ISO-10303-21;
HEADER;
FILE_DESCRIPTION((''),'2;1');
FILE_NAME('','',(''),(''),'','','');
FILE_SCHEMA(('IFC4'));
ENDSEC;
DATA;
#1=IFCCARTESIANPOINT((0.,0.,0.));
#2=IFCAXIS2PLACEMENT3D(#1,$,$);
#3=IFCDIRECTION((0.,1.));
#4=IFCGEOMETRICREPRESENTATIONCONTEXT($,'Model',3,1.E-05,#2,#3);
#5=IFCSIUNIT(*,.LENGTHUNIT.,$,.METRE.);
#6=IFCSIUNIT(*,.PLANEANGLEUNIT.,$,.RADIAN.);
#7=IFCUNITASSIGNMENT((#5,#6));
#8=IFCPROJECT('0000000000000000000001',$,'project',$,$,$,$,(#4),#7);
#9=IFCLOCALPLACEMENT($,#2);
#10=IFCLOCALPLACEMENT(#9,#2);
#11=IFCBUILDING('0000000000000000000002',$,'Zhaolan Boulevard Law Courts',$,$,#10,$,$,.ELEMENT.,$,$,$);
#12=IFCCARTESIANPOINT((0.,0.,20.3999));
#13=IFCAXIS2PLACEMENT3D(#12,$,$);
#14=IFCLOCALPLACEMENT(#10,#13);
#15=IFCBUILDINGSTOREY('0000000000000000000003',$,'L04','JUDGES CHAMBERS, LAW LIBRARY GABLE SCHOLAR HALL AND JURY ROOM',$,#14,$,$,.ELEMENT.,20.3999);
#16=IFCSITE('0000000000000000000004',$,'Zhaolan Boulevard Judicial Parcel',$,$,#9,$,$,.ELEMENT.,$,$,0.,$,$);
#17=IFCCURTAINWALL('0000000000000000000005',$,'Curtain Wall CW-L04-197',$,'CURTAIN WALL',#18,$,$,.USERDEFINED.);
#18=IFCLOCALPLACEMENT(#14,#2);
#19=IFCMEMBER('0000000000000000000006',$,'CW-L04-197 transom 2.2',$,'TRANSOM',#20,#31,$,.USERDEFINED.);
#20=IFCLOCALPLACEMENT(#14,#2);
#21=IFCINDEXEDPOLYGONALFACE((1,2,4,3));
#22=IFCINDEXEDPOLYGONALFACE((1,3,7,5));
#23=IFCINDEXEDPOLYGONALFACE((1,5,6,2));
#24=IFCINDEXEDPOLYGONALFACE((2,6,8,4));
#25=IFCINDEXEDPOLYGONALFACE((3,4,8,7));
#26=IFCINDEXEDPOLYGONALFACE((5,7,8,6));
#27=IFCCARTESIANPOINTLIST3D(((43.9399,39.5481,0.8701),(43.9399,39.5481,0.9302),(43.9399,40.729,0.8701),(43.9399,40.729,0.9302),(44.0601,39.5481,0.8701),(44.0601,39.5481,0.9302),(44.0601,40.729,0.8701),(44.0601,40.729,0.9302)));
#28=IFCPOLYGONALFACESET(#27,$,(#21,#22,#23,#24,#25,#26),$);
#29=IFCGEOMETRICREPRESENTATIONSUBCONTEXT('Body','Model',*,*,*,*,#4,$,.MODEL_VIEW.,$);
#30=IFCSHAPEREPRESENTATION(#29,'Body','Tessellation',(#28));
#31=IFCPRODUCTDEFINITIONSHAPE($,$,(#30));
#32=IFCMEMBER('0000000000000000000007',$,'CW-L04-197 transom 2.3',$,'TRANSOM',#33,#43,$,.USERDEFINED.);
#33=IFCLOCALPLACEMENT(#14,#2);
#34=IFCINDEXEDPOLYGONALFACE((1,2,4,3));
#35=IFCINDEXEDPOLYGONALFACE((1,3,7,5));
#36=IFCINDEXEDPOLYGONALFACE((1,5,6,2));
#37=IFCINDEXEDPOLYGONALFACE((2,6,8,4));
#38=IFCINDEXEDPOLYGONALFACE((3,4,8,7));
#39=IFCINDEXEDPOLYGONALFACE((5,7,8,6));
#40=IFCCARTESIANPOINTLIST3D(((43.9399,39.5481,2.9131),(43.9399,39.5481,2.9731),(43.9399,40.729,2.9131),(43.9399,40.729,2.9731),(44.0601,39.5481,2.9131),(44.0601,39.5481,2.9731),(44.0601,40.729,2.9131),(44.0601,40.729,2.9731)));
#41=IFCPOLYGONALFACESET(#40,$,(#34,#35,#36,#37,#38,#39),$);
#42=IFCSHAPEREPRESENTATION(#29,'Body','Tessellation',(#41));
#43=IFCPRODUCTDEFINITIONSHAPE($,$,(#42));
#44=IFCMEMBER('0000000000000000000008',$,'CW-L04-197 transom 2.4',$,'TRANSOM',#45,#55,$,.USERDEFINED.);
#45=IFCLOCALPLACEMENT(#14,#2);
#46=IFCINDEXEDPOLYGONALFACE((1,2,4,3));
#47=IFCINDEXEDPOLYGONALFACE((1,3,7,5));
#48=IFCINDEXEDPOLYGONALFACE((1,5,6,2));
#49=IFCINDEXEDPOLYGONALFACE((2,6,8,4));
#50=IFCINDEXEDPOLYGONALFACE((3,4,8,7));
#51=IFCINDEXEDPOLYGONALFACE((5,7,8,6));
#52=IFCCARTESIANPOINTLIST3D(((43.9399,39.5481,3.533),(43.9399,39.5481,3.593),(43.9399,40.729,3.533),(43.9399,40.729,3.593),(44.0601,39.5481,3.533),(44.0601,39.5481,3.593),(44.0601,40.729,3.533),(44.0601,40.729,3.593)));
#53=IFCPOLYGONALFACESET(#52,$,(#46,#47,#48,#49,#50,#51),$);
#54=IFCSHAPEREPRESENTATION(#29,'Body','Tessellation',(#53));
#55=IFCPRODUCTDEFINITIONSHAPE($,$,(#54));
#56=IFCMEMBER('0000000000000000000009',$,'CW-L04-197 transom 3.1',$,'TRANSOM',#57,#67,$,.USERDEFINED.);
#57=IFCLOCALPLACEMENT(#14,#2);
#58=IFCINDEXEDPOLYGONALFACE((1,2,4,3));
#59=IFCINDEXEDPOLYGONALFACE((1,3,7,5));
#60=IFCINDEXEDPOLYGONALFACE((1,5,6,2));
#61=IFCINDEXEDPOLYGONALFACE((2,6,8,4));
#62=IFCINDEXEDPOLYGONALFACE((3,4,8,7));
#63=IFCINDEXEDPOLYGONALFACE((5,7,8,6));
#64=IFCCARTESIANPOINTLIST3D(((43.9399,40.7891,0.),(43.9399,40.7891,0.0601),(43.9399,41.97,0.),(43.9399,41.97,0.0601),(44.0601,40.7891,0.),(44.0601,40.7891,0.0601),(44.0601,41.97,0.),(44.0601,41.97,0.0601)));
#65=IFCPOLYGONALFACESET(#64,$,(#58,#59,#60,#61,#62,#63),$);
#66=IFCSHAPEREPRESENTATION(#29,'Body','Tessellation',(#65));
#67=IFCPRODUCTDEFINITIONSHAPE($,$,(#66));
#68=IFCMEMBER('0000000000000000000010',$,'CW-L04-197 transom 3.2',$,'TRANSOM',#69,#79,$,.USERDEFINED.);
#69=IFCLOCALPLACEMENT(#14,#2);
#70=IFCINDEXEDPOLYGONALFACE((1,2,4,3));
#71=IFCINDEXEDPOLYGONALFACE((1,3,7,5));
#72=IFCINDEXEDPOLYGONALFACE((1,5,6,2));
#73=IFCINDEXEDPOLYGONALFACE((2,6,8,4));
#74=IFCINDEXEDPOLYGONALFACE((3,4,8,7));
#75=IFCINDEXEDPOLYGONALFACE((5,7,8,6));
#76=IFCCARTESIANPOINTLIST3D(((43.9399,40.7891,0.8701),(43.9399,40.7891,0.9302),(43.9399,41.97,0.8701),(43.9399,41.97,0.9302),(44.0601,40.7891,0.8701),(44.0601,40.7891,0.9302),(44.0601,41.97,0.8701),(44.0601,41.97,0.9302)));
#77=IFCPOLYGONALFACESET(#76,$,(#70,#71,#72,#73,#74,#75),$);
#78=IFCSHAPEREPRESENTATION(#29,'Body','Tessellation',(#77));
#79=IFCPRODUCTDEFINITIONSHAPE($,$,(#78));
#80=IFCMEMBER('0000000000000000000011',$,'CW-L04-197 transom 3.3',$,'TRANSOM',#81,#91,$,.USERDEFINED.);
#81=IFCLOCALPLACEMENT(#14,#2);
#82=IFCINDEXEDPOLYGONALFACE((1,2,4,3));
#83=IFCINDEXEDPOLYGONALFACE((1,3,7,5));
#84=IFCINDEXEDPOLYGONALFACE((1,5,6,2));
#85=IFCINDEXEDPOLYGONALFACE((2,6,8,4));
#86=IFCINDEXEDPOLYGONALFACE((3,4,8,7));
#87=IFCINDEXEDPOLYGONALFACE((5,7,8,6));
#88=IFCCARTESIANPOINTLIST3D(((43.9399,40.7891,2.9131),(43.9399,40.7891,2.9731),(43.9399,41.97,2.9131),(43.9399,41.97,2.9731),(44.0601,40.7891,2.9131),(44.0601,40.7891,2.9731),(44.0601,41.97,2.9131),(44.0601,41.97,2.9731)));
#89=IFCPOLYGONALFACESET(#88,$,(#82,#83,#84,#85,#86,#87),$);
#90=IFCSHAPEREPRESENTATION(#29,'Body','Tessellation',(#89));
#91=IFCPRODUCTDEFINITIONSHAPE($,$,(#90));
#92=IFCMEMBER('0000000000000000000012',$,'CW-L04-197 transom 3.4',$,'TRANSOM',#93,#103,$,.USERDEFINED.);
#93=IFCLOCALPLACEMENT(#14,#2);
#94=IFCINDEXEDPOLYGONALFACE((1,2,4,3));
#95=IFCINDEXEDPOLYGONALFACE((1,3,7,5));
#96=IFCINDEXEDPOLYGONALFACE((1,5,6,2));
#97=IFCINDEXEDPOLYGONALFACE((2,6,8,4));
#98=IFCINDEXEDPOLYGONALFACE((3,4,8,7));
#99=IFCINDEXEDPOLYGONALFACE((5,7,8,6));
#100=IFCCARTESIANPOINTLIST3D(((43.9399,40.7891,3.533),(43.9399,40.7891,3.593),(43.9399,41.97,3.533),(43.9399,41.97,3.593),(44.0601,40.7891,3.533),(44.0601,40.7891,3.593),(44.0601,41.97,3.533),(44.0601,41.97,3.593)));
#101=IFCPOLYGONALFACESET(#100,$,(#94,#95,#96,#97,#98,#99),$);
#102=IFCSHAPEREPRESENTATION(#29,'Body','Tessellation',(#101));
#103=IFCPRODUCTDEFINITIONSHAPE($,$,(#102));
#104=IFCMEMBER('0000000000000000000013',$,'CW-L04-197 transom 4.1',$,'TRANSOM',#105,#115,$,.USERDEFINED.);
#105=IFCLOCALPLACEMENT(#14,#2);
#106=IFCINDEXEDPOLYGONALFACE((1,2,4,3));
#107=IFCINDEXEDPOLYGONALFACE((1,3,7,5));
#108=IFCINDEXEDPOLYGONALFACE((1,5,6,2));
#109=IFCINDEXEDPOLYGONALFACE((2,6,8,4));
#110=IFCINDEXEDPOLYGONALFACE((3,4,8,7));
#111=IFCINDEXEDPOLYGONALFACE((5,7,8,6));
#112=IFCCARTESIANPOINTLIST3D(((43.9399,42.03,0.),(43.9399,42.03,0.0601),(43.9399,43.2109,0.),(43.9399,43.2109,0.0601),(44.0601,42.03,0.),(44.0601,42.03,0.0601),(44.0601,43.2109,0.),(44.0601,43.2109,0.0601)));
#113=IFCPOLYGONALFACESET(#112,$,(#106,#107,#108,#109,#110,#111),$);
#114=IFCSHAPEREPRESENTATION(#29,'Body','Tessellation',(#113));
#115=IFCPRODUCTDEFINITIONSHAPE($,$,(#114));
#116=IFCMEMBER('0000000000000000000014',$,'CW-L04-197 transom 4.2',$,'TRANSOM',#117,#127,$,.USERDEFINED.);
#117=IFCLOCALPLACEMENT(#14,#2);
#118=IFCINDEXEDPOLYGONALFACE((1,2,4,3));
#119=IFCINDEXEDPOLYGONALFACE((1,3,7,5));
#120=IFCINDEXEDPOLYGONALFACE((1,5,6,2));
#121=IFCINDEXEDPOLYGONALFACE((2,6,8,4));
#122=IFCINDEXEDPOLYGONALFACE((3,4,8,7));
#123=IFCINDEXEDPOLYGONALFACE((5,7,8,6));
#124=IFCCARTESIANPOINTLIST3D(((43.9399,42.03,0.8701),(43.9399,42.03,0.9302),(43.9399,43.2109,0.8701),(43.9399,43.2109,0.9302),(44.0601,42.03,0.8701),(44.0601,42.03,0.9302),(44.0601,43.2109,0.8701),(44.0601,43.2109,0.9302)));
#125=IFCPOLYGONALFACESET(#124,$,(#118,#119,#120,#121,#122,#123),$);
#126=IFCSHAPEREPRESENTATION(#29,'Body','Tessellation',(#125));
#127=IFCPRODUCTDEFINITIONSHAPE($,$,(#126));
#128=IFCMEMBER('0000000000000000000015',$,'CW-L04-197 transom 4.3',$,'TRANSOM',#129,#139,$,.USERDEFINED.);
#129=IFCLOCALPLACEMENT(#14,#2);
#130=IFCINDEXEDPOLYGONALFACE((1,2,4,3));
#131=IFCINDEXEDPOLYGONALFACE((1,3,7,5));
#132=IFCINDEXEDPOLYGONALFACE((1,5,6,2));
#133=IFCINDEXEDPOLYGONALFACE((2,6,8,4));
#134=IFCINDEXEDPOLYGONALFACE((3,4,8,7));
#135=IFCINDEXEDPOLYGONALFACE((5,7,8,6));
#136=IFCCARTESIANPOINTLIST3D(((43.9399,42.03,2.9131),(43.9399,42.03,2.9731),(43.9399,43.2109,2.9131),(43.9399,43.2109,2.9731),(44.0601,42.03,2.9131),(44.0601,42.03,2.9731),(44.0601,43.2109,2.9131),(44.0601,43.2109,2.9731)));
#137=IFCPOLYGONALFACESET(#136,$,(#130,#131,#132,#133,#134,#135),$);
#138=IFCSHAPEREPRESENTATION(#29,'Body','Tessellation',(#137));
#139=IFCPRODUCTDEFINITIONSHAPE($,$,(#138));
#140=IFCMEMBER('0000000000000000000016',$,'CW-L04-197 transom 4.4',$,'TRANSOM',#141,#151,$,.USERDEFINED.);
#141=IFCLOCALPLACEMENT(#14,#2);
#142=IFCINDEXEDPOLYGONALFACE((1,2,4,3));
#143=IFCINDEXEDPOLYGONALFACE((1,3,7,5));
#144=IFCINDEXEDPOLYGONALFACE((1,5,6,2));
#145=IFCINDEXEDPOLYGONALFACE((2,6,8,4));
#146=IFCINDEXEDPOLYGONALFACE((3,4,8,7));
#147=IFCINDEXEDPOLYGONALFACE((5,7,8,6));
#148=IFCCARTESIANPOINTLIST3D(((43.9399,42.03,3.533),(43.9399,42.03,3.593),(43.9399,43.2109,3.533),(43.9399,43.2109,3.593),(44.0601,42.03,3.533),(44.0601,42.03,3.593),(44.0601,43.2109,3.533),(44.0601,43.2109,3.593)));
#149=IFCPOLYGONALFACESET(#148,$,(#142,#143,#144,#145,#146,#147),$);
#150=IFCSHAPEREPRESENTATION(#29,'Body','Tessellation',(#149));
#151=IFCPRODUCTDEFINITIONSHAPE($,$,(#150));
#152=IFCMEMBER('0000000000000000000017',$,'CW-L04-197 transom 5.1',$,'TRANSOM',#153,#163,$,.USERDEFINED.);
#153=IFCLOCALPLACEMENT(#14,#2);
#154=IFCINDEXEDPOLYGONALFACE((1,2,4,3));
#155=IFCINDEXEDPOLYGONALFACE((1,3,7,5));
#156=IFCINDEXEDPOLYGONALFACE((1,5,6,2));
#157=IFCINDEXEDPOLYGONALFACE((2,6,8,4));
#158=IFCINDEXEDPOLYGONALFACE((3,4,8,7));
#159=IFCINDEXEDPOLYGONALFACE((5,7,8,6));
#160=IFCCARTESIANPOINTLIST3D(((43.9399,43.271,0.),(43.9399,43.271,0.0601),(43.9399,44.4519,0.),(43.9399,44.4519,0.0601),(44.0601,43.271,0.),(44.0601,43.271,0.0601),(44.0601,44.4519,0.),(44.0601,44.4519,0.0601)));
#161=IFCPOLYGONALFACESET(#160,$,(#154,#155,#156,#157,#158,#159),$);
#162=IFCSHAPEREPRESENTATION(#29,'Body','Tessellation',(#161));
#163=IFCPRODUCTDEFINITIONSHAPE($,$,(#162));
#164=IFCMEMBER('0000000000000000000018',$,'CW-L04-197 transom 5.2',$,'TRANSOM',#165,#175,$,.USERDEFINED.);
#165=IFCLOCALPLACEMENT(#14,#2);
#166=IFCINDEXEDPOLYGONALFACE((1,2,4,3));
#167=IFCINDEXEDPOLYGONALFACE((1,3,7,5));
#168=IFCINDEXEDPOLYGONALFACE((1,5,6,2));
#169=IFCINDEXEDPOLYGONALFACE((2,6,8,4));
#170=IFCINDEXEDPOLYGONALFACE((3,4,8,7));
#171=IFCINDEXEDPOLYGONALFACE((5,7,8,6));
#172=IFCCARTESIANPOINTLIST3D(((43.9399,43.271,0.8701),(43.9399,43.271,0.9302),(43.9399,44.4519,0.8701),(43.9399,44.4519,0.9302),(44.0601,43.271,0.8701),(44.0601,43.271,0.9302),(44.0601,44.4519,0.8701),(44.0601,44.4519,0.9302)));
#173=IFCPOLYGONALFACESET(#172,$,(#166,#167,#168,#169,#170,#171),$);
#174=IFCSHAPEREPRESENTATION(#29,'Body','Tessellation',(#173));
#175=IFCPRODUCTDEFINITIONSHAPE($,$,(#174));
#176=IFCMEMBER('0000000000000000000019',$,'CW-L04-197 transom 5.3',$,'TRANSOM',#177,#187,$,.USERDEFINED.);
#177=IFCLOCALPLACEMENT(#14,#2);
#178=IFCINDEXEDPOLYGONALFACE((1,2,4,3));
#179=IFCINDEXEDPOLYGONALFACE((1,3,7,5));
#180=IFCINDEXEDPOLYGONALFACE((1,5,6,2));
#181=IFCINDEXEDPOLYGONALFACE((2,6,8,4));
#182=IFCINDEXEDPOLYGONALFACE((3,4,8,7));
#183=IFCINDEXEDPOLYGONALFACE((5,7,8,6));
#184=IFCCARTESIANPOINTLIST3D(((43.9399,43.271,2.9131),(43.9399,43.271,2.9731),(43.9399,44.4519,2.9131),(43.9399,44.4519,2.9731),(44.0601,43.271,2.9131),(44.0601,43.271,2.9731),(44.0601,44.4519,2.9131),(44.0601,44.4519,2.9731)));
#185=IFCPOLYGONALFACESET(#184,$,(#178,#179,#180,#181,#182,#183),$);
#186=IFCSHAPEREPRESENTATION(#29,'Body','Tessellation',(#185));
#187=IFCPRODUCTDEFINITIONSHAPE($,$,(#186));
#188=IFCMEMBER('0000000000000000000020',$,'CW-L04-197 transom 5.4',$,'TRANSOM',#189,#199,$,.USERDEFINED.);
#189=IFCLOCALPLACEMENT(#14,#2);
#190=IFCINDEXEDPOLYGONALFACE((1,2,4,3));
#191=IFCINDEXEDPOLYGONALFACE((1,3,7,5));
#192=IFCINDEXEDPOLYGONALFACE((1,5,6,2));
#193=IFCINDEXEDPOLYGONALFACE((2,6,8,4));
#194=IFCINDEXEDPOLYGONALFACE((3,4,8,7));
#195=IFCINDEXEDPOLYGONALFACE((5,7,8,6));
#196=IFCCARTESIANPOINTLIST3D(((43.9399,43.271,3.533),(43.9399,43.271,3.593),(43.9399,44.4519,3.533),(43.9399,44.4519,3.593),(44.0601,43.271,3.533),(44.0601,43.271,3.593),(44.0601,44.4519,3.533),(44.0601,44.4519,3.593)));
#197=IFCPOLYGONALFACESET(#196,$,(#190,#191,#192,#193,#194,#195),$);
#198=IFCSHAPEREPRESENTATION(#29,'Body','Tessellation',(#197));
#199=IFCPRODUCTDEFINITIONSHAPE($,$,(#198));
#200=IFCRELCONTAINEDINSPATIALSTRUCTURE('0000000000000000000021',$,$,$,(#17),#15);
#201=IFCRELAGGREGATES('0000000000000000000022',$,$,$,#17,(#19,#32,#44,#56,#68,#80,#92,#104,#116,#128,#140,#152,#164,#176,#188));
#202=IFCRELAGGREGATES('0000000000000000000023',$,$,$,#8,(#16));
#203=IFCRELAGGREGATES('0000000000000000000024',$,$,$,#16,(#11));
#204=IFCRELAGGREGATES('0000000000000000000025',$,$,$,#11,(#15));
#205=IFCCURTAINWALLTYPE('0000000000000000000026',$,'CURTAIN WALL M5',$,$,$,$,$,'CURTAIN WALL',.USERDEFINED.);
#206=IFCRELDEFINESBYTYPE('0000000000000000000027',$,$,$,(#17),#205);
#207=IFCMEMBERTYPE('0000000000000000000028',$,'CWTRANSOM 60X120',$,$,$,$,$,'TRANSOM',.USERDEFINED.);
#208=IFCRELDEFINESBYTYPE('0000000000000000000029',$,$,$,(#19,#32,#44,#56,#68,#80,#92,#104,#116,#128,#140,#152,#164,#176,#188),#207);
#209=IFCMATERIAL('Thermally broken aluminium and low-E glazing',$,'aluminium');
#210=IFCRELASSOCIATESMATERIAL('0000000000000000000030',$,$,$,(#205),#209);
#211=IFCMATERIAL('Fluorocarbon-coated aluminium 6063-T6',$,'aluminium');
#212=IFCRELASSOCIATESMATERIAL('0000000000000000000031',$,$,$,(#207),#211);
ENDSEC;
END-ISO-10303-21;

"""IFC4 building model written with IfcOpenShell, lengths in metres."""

from ifc_helpers import new_model, si_unit, direction, frame, origin, origin_2d, place, context, subcontext, project, spatial, rectangle, extrude, material, material_profile, profile_set, type_object, element, aggregate, save


model = new_model("IFC4")

# Units and contexts
model_context = context("Model", 3, precision=1e-05, world=origin(), true_north=direction((0.0, 1.0)))
body_context = subcontext(model_context, "Body", "Model", "MODEL_VIEW")
ifc_project = project(units=[si_unit("LENGTHUNIT", "METRE"), si_unit("PLANEANGLEUNIT", "RADIAN")], contexts=[model_context])

# Site, building, storey
site_placement = place(None, origin())
site = spatial("IfcSite", under=ifc_project, at=site_placement, Name="Zhaolan Boulevard Judicial Parcel", CompositionType="ELEMENT", RefElevation=0.0)
building_placement = place(site_placement, origin())
building = spatial("IfcBuilding", under=site, at=building_placement, Name="Zhaolan Boulevard Law Courts", CompositionType="ELEMENT")
storey_placement = place(building_placement, frame((0.0, 0.0, 20.3999)))
storey = spatial("IfcBuildingStorey", under=building, at=storey_placement, Name="L04", Description="JUDGES CHAMBERS, LAW LIBRARY GABLE SCHOLAR HALL AND JURY ROOM", CompositionType="ELEMENT", Elevation=20.3999)

# Curtain wall, members
ifc_material_1 = material(Name="Thermally broken aluminium and low-E glazing", Category="aluminium")
curtain_wall_type = type_object("IfcCurtainWallType", Name="CURTAIN WALL M5", ElementType="CURTAIN WALL", PredefinedType="USERDEFINED", material=ifc_material_1)
curtain_wall_placement = place(storey_placement, origin())
curtain_wall = element("IfcCurtainWall", 1, at=curtain_wall_placement, inside=storey, type_object=curtain_wall_type, Name="Curtain Wall CW-L04-197", ObjectType="CURTAIN WALL", PredefinedType="USERDEFINED")
ifc_material_2 = material(Name="Fluorocarbon-coated aluminium 6063-T6", Category="aluminium")
ifc_material_profile = material_profile(ifc_material_2, rectangle(XDim=0.1201, YDim=0.0601, at=origin_2d()), Name="AL60x120")
ifc_profile_set = profile_set([ifc_material_profile], Name="Fluorocarbon-coated aluminium 6063-T6")
member_type = type_object("IfcMemberType", Name="CWTRANSOM 60X120", ElementType="TRANSOM", PredefinedType="USERDEFINED", material=ifc_profile_set)
member_1_placement = place(storey_placement, frame((44.0, 39.5481, 0.9001), z_axis=(0.0, 1.0, 0.0), x_axis=(-1.0, 0.0, 0.0)))
member_1 = element("IfcMember", 2, at=member_1_placement, type_object=member_type, Name="CW-L04-197 transom 2.2", ObjectType="TRANSOM", PredefinedType="USERDEFINED", context=body_context, shape_type="SweptSolid", body=[
    extrude(rectangle(XDim=0.1201, YDim=0.0601, at=origin_2d()), origin(), (0.0, 0.0, 1.0), 1.1809),
])
member_2_placement = place(storey_placement, frame((44.0, 39.5481, 2.9431), z_axis=(0.0, 1.0, 0.0), x_axis=(-1.0, 0.0, 0.0)))
member_2 = element("IfcMember", 3, at=member_2_placement, type_object=member_type, Name="CW-L04-197 transom 2.3", ObjectType="TRANSOM", PredefinedType="USERDEFINED", context=body_context, shape_type="SweptSolid", body=[
    extrude(rectangle(XDim=0.1201, YDim=0.0601, at=origin_2d()), origin(), (0.0, 0.0, 1.0), 1.1809),
])
member_3_placement = place(storey_placement, frame((44.0, 39.5481, 3.563), z_axis=(0.0, 1.0, 0.0), x_axis=(-1.0, 0.0, 0.0)))
member_3 = element("IfcMember", 4, at=member_3_placement, type_object=member_type, Name="CW-L04-197 transom 2.4", ObjectType="TRANSOM", PredefinedType="USERDEFINED", context=body_context, shape_type="SweptSolid", body=[
    extrude(rectangle(XDim=0.1201, YDim=0.0601, at=origin_2d()), origin(), (0.0, 0.0, 1.0), 1.1809),
])
member_4_placement = place(storey_placement, frame((44.0, 40.7891, 0.03), z_axis=(0.0, 1.0, 0.0), x_axis=(-1.0, 0.0, 0.0)))
member_4 = element("IfcMember", 5, at=member_4_placement, type_object=member_type, Name="CW-L04-197 transom 3.1", ObjectType="TRANSOM", PredefinedType="USERDEFINED", context=body_context, shape_type="SweptSolid", body=[
    extrude(rectangle(XDim=0.1201, YDim=0.0601, at=origin_2d()), origin(), (0.0, 0.0, 1.0), 1.1809),
])
member_5_placement = place(storey_placement, frame((44.0, 40.7891, 0.9001), z_axis=(0.0, 1.0, 0.0), x_axis=(-1.0, 0.0, 0.0)))
member_5 = element("IfcMember", 6, at=member_5_placement, type_object=member_type, Name="CW-L04-197 transom 3.2", ObjectType="TRANSOM", PredefinedType="USERDEFINED", context=body_context, shape_type="SweptSolid", body=[
    extrude(rectangle(XDim=0.1201, YDim=0.0601, at=origin_2d()), origin(), (0.0, 0.0, 1.0), 1.1809),
])
member_6_placement = place(storey_placement, frame((44.0, 40.7891, 2.9431), z_axis=(0.0, 1.0, 0.0), x_axis=(-1.0, 0.0, 0.0)))
member_6 = element("IfcMember", 7, at=member_6_placement, type_object=member_type, Name="CW-L04-197 transom 3.3", ObjectType="TRANSOM", PredefinedType="USERDEFINED", context=body_context, shape_type="SweptSolid", body=[
    extrude(rectangle(XDim=0.1201, YDim=0.0601, at=origin_2d()), origin(), (0.0, 0.0, 1.0), 1.1809),
])
member_7_placement = place(storey_placement, frame((44.0, 40.7891, 3.563), z_axis=(0.0, 1.0, 0.0), x_axis=(-1.0, 0.0, 0.0)))
member_7 = element("IfcMember", 8, at=member_7_placement, type_object=member_type, Name="CW-L04-197 transom 3.4", ObjectType="TRANSOM", PredefinedType="USERDEFINED", context=body_context, shape_type="SweptSolid", body=[
    extrude(rectangle(XDim=0.1201, YDim=0.0601, at=origin_2d()), origin(), (0.0, 0.0, 1.0), 1.1809),
])
member_8_placement = place(storey_placement, frame((44.0, 42.03, 0.03), z_axis=(0.0, 1.0, 0.0), x_axis=(-1.0, 0.0, 0.0)))
member_8 = element("IfcMember", 9, at=member_8_placement, type_object=member_type, Name="CW-L04-197 transom 4.1", ObjectType="TRANSOM", PredefinedType="USERDEFINED", context=body_context, shape_type="SweptSolid", body=[
    extrude(rectangle(XDim=0.1201, YDim=0.0601, at=origin_2d()), origin(), (0.0, 0.0, 1.0), 1.1809),
])
member_9_placement = place(storey_placement, frame((44.0, 42.03, 0.9001), z_axis=(0.0, 1.0, 0.0), x_axis=(-1.0, 0.0, 0.0)))
member_9 = element("IfcMember", 10, at=member_9_placement, type_object=member_type, Name="CW-L04-197 transom 4.2", ObjectType="TRANSOM", PredefinedType="USERDEFINED", context=body_context, shape_type="SweptSolid", body=[
    extrude(rectangle(XDim=0.1201, YDim=0.0601, at=origin_2d()), origin(), (0.0, 0.0, 1.0), 1.1809),
])
member_10_placement = place(storey_placement, frame((44.0, 42.03, 2.9431), z_axis=(0.0, 1.0, 0.0), x_axis=(-1.0, 0.0, 0.0)))
member_10 = element("IfcMember", 11, at=member_10_placement, type_object=member_type, Name="CW-L04-197 transom 4.3", ObjectType="TRANSOM", PredefinedType="USERDEFINED", context=body_context, shape_type="SweptSolid", body=[
    extrude(rectangle(XDim=0.1201, YDim=0.0601, at=origin_2d()), origin(), (0.0, 0.0, 1.0), 1.1809),
])
member_11_placement = place(storey_placement, frame((44.0, 42.03, 3.563), z_axis=(0.0, 1.0, 0.0), x_axis=(-1.0, 0.0, 0.0)))
member_11 = element("IfcMember", 12, at=member_11_placement, type_object=member_type, Name="CW-L04-197 transom 4.4", ObjectType="TRANSOM", PredefinedType="USERDEFINED", context=body_context, shape_type="SweptSolid", body=[
    extrude(rectangle(XDim=0.1201, YDim=0.0601, at=origin_2d()), origin(), (0.0, 0.0, 1.0), 1.1809),
])
member_12_placement = place(storey_placement, frame((44.0, 43.271, 0.03), z_axis=(0.0, 1.0, 0.0), x_axis=(-1.0, 0.0, 0.0)))
member_12 = element("IfcMember", 13, at=member_12_placement, type_object=member_type, Name="CW-L04-197 transom 5.1", ObjectType="TRANSOM", PredefinedType="USERDEFINED", context=body_context, shape_type="SweptSolid", body=[
    extrude(rectangle(XDim=0.1201, YDim=0.0601, at=origin_2d()), origin(), (0.0, 0.0, 1.0), 1.1809),
])
member_13_placement = place(storey_placement, frame((44.0, 43.271, 0.9001), z_axis=(0.0, 1.0, 0.0), x_axis=(-1.0, 0.0, 0.0)))
member_13 = element("IfcMember", 14, at=member_13_placement, type_object=member_type, Name="CW-L04-197 transom 5.2", ObjectType="TRANSOM", PredefinedType="USERDEFINED", context=body_context, shape_type="SweptSolid", body=[
    extrude(rectangle(XDim=0.1201, YDim=0.0601, at=origin_2d()), origin(), (0.0, 0.0, 1.0), 1.1809),
])
member_14_placement = place(storey_placement, frame((44.0, 43.271, 2.9431), z_axis=(0.0, 1.0, 0.0), x_axis=(-1.0, 0.0, 0.0)))
member_14 = element("IfcMember", 15, at=member_14_placement, type_object=member_type, Name="CW-L04-197 transom 5.3", ObjectType="TRANSOM", PredefinedType="USERDEFINED", context=body_context, shape_type="SweptSolid", body=[
    extrude(rectangle(XDim=0.1201, YDim=0.0601, at=origin_2d()), origin(), (0.0, 0.0, 1.0), 1.1809),
])
member_15_placement = place(storey_placement, frame((44.0, 43.271, 3.563), z_axis=(0.0, 1.0, 0.0), x_axis=(-1.0, 0.0, 0.0)))
member_15 = element("IfcMember", 16, at=member_15_placement, type_object=member_type, Name="CW-L04-197 transom 5.4", ObjectType="TRANSOM", PredefinedType="USERDEFINED", context=body_context, shape_type="SweptSolid", body=[
    extrude(rectangle(XDim=0.1201, YDim=0.0601, at=origin_2d()), origin(), (0.0, 0.0, 1.0), 1.1809),
])
aggregate(curtain_wall, [member_1, member_2, member_3, member_4, member_5, member_6, member_7, member_8, member_9, member_10, member_11, member_12, member_13, member_14, member_15])

save(model, "model.ifc")
